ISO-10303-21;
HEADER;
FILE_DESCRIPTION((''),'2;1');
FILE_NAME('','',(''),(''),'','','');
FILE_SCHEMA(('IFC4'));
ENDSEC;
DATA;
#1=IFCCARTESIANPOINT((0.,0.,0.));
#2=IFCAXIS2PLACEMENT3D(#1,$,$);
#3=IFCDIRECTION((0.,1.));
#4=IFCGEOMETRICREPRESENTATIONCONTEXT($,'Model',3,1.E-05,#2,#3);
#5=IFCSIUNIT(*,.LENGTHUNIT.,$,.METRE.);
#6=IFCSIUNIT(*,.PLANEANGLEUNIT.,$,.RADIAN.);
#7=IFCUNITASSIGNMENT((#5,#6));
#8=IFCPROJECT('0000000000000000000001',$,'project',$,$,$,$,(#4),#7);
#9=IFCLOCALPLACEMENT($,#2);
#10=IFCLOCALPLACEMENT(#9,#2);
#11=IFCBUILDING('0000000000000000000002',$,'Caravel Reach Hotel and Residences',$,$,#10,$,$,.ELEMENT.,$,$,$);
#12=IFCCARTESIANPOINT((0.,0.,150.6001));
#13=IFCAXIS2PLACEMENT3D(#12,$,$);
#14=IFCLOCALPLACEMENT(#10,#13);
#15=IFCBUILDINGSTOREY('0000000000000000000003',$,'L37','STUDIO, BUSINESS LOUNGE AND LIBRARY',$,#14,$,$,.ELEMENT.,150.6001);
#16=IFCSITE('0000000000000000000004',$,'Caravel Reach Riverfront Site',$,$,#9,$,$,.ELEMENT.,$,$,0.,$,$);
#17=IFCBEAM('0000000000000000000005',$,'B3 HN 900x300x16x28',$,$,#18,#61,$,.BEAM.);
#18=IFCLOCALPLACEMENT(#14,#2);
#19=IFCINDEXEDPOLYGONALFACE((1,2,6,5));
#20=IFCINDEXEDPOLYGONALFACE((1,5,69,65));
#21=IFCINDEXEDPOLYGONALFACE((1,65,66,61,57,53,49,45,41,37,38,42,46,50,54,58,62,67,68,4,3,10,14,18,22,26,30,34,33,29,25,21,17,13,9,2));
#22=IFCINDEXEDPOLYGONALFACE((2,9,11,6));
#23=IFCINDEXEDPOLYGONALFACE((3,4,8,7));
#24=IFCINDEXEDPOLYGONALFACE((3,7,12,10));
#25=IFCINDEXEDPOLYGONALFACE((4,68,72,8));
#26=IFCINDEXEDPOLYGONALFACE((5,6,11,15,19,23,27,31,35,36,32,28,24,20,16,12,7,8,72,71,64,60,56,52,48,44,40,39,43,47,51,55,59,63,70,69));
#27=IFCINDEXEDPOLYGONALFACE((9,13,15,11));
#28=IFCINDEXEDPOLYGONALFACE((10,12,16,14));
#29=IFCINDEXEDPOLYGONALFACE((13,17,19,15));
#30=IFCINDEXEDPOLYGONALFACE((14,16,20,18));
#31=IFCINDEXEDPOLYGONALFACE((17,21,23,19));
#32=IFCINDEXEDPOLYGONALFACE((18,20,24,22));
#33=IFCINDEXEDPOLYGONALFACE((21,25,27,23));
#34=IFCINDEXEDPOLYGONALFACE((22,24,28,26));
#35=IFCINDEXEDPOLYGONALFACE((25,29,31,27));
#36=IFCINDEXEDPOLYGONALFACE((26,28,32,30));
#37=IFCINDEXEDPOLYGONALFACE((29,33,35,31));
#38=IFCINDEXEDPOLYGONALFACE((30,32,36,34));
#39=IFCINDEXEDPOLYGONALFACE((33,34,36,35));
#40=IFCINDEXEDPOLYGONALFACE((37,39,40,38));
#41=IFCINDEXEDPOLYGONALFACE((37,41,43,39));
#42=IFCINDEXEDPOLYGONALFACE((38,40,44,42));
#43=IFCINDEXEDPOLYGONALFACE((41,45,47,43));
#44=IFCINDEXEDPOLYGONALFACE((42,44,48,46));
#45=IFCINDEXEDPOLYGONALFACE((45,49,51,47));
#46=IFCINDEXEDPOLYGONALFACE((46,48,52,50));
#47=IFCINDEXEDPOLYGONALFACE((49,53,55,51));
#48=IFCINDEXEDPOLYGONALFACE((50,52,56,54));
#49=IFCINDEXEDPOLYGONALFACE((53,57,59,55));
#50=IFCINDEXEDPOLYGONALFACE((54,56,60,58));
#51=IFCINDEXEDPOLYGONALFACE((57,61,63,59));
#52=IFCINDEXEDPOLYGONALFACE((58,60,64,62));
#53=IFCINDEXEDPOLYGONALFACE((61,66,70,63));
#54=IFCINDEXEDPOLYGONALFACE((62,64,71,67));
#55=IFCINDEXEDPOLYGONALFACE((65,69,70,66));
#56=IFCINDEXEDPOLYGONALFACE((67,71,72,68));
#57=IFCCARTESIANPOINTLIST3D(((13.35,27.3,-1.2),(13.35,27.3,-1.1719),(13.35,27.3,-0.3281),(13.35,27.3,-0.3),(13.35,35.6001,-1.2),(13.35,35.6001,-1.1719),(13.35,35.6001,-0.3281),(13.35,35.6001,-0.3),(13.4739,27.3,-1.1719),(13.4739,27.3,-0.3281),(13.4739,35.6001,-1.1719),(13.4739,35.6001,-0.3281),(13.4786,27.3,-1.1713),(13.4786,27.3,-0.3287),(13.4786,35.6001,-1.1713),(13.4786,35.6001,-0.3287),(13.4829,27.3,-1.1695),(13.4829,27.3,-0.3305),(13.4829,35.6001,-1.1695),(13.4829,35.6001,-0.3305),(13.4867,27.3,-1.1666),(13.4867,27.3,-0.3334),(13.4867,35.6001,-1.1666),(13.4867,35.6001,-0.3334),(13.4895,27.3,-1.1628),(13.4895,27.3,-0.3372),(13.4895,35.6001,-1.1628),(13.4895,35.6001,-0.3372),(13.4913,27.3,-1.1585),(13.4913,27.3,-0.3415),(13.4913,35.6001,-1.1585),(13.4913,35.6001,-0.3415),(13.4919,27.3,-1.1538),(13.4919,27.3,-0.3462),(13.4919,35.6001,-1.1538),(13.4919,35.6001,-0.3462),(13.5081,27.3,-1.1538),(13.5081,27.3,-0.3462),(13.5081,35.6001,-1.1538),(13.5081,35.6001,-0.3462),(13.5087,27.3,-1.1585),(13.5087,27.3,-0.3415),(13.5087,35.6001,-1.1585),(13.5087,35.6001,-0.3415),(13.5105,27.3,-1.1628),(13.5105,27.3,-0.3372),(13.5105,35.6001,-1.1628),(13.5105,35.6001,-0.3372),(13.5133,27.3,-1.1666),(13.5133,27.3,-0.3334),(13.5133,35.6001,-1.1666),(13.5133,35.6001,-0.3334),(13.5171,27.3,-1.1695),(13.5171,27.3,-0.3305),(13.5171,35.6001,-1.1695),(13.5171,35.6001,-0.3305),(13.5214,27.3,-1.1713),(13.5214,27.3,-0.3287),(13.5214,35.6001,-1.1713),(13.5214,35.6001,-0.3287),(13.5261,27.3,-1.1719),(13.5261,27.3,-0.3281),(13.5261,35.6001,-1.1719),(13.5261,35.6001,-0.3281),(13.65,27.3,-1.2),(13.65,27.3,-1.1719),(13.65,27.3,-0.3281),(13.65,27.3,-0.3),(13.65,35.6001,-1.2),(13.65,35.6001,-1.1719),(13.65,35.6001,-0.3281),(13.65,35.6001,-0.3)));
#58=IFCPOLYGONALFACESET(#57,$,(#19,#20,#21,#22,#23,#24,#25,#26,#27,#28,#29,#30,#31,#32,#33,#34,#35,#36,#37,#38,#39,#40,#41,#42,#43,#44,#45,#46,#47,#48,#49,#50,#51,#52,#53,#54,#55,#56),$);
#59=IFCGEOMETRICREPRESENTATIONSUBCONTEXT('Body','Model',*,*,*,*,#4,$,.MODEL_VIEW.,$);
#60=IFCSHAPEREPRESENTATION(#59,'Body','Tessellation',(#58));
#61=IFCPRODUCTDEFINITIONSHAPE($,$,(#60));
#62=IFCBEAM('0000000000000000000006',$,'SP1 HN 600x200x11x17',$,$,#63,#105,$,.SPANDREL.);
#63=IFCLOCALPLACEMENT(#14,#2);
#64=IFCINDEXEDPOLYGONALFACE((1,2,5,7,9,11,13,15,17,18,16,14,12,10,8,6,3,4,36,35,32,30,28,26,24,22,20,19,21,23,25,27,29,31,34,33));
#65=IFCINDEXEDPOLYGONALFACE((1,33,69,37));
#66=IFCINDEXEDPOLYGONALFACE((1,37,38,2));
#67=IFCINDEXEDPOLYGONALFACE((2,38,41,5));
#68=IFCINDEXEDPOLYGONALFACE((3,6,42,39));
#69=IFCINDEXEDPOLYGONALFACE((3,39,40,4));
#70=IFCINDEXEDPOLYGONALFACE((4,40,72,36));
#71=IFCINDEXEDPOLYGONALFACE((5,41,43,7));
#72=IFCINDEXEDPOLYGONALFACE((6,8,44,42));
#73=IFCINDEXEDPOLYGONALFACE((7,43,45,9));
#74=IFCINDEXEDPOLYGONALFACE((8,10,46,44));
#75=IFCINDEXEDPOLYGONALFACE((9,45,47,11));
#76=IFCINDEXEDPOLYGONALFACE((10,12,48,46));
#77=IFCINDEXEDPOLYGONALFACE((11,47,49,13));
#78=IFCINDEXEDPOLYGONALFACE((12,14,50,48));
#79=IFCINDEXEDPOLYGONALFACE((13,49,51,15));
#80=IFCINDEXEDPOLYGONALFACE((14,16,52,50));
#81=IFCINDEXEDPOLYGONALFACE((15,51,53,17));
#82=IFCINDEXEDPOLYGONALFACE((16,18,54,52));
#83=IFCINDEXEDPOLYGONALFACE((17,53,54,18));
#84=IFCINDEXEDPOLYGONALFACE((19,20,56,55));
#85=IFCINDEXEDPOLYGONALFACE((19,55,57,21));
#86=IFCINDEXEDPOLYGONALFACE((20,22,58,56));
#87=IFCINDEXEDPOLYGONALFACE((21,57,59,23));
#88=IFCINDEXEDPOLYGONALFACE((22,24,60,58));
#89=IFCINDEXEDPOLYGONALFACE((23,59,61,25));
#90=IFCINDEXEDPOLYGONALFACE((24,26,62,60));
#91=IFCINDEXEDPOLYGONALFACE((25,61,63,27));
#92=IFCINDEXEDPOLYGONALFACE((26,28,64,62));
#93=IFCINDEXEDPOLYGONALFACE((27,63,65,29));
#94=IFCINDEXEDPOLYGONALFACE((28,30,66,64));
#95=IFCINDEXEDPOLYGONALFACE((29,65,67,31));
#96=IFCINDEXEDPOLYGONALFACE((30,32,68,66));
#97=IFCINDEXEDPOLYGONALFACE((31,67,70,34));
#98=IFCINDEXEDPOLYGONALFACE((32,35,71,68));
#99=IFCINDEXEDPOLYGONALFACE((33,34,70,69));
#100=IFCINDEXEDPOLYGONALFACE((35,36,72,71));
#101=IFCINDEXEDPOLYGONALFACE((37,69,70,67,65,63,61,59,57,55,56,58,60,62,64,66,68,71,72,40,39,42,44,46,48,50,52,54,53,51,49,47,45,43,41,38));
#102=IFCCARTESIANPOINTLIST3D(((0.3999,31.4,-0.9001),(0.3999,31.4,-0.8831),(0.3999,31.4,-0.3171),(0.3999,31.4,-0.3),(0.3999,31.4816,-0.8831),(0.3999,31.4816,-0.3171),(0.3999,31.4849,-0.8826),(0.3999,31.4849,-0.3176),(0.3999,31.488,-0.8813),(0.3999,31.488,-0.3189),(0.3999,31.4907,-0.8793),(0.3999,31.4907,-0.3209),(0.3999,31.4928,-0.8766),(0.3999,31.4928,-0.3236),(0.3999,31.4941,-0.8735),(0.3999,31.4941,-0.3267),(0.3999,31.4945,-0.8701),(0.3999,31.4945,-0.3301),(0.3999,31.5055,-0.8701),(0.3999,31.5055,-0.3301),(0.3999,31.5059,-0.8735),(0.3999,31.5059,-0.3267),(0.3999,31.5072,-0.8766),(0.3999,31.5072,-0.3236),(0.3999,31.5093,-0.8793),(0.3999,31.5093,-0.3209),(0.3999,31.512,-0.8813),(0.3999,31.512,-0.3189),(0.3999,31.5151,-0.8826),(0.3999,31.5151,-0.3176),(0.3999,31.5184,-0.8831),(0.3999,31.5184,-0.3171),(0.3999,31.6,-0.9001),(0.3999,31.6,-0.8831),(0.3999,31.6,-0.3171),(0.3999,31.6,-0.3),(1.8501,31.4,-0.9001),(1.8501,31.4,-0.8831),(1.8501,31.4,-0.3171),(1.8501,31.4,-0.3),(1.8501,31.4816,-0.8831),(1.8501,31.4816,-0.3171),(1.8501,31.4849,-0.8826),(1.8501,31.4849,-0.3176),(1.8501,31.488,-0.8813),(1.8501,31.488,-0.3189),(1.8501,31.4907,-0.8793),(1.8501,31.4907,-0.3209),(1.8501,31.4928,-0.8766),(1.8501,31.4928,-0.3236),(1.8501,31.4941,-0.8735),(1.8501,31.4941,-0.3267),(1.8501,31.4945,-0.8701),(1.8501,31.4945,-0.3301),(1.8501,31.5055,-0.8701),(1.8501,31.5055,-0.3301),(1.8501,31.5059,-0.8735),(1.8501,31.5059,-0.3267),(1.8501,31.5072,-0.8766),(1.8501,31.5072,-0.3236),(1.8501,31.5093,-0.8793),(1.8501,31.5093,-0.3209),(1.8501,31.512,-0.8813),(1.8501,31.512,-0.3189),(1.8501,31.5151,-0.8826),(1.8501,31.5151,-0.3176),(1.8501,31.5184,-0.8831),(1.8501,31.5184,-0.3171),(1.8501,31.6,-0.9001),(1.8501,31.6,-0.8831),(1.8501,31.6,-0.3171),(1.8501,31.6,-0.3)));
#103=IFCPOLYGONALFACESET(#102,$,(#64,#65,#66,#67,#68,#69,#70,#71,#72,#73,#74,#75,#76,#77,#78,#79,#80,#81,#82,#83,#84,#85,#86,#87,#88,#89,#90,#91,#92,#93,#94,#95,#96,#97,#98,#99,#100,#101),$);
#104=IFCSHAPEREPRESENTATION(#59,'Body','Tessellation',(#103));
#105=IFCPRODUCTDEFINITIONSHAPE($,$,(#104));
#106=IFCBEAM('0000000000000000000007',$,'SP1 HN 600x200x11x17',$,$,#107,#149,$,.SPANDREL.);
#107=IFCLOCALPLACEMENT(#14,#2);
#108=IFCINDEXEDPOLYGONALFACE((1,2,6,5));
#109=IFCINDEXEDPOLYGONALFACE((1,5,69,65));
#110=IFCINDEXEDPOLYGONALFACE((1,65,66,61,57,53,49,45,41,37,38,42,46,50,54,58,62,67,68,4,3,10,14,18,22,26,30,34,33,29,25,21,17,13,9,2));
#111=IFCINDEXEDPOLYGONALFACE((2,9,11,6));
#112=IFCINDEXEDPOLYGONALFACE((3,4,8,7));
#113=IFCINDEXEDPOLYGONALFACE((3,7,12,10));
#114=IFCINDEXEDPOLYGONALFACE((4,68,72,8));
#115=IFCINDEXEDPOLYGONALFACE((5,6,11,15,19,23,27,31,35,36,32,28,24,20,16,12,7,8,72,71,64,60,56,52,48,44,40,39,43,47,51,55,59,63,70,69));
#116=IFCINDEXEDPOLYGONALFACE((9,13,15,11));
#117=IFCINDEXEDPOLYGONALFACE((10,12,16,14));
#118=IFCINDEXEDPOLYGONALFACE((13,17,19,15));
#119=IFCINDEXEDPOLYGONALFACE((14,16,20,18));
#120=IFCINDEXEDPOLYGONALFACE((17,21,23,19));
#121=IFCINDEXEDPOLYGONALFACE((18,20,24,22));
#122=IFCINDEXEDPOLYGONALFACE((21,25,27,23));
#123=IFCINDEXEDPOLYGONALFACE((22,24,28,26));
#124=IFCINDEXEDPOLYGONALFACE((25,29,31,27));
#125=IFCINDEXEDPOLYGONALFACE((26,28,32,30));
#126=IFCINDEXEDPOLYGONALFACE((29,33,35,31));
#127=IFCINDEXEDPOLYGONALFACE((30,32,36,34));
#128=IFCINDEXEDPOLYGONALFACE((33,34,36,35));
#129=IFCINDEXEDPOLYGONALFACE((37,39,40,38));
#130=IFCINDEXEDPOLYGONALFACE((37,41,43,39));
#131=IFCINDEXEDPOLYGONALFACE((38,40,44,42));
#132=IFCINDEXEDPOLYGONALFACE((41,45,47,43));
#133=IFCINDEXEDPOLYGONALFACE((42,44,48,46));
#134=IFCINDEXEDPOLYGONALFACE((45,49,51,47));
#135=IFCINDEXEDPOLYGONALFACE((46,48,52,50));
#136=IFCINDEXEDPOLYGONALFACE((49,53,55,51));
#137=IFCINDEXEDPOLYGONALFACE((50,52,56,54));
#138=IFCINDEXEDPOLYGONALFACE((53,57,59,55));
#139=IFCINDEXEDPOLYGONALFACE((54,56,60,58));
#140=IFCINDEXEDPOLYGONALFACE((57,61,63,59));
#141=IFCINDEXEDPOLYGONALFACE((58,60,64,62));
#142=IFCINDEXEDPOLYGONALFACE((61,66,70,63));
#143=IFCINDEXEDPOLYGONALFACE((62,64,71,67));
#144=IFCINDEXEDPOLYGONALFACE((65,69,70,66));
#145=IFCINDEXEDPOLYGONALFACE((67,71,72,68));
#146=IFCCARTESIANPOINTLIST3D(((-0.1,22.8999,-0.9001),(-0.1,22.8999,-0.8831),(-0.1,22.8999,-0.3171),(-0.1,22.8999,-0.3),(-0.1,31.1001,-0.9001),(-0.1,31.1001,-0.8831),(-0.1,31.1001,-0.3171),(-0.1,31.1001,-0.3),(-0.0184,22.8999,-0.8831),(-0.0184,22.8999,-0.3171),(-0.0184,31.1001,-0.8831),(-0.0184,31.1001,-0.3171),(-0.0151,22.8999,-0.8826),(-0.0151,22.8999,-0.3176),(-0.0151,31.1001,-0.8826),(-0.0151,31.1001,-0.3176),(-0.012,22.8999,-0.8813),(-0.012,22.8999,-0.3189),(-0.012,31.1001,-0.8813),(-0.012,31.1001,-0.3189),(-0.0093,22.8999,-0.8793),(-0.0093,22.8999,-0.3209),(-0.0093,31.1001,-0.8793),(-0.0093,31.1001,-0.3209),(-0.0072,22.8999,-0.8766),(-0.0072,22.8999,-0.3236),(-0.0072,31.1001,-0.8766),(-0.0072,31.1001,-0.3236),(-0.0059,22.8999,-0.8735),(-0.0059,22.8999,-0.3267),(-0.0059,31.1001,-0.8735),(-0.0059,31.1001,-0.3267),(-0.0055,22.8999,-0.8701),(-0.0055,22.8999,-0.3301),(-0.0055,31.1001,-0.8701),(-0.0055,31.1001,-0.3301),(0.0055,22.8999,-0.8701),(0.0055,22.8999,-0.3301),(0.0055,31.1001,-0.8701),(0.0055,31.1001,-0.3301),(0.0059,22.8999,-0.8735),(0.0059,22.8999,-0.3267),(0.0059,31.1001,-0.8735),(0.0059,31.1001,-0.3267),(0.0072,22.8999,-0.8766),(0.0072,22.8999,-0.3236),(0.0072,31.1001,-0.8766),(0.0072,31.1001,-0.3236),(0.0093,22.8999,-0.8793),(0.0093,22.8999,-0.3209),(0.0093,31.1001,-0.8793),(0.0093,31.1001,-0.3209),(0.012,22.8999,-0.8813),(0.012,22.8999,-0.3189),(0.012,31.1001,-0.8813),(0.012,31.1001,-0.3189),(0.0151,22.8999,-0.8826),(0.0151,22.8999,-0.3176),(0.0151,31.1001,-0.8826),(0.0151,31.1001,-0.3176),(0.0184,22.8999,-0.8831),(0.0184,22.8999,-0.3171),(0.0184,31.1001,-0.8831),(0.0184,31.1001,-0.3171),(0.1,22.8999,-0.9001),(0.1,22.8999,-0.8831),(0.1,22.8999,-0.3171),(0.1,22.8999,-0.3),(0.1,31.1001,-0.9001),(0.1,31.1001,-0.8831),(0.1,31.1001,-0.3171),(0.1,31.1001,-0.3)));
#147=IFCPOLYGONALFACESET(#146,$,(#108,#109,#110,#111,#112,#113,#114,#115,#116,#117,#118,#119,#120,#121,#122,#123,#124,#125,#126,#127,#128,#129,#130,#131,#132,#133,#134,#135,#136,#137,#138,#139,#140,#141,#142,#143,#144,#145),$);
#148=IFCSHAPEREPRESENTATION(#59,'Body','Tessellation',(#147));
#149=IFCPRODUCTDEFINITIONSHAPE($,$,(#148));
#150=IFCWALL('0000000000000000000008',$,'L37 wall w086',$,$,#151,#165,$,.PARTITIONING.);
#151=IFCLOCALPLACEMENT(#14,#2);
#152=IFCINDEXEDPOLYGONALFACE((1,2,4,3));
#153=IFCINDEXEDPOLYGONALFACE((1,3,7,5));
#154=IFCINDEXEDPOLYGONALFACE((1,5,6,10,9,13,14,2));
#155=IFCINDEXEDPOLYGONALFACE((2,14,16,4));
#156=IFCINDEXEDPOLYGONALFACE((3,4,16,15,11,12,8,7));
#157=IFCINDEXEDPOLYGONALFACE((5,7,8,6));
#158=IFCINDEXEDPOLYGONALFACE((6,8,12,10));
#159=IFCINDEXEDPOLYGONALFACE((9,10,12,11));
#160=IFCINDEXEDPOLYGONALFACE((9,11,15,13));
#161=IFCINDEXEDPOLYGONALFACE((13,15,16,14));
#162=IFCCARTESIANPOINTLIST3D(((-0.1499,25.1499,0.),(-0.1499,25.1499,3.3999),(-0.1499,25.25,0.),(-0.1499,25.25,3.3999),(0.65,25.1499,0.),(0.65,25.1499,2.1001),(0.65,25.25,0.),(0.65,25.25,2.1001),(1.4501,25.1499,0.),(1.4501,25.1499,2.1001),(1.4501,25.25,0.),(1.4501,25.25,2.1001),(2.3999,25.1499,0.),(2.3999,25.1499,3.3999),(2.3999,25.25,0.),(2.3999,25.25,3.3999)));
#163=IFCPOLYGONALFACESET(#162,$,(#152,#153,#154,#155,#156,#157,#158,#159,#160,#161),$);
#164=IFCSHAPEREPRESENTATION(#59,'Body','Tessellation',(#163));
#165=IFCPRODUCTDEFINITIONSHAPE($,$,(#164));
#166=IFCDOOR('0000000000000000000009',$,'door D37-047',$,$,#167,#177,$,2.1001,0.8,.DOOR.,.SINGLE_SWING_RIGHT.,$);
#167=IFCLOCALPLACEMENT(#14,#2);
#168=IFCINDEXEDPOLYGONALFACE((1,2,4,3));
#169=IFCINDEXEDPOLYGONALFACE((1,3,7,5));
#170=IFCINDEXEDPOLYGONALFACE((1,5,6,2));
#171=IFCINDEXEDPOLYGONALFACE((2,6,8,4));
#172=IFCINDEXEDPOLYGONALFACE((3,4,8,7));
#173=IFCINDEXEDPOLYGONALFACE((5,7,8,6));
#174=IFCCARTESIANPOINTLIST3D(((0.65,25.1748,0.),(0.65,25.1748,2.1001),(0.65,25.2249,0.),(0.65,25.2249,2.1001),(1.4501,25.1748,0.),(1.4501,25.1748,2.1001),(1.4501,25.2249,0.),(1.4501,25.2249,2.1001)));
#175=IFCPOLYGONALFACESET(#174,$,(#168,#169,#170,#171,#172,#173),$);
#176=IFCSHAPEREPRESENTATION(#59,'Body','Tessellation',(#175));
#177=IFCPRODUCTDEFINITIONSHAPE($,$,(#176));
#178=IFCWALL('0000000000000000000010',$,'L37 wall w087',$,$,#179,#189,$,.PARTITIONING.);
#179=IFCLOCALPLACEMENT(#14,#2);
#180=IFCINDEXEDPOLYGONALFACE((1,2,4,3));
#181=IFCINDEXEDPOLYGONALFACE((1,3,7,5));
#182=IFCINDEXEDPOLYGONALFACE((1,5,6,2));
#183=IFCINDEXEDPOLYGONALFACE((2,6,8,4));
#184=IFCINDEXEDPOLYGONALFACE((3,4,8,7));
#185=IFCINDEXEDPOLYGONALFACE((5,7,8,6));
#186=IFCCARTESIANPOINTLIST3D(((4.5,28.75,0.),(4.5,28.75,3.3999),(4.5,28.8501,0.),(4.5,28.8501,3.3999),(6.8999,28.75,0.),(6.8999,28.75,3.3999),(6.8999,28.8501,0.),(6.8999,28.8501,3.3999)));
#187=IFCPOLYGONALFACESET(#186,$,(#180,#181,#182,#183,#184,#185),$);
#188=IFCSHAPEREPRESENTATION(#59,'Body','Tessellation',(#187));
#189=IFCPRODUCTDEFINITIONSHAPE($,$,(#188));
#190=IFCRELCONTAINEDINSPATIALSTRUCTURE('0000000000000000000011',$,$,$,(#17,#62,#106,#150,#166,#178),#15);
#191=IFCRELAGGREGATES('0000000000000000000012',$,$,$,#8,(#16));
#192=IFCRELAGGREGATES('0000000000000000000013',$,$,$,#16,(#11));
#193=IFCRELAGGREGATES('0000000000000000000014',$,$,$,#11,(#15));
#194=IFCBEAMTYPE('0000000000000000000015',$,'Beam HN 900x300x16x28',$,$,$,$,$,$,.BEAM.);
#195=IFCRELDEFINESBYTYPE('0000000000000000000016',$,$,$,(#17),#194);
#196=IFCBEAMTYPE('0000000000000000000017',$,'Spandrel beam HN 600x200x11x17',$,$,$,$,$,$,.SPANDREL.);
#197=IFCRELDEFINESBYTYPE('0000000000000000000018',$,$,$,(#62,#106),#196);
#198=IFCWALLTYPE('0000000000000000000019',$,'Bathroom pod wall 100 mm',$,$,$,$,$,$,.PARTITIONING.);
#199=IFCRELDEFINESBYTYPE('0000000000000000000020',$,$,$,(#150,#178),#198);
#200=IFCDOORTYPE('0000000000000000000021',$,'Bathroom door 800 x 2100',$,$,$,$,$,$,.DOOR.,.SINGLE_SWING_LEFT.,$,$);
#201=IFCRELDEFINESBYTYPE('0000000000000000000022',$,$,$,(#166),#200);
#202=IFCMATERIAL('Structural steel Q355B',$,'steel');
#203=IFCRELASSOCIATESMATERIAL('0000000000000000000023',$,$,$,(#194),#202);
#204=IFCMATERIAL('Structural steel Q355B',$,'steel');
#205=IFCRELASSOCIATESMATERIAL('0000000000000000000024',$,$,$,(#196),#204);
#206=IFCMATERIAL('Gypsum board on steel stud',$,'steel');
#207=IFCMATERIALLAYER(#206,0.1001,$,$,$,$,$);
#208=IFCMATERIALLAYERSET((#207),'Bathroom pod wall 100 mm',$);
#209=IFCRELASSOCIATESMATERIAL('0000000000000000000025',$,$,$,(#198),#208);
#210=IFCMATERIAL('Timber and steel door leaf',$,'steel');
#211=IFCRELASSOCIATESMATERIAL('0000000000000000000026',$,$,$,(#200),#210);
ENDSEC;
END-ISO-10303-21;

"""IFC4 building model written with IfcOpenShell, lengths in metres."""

from ifc_helpers import new_model, si_unit, direction, frame, frame_2d, origin, origin_2d, place, context, subcontext, project, spatial, rectangle, i_section, extrude, material, layer, layer_set, material_profile, profile_set, type_object, element, fill, save


model = new_model("IFC4")

# Units and contexts
model_context = context("Model", 3, precision=1e-05, world=origin(), true_north=direction((0.0, 1.0)))
body_context = subcontext(model_context, "Body", "Model", "MODEL_VIEW")
ifc_project = project(units=[si_unit("LENGTHUNIT", "METRE"), si_unit("PLANEANGLEUNIT", "RADIAN")], contexts=[model_context])

# Site, building, storey
site_placement = place(None, origin())
site = spatial("IfcSite", under=ifc_project, at=site_placement, Name="Caravel Reach Riverfront Site", CompositionType="ELEMENT", RefElevation=0.0)
building_placement = place(site_placement, origin())
building = spatial("IfcBuilding", under=site, at=building_placement, Name="Caravel Reach Hotel and Residences", CompositionType="ELEMENT")
storey_placement = place(building_placement, frame((0.0, 0.0, 150.6001)))
storey = spatial("IfcBuildingStorey", under=building, at=storey_placement, Name="L37", Description="STUDIO, BUSINESS LOUNGE AND LIBRARY", CompositionType="ELEMENT", Elevation=150.6001)

# Beams
ifc_material_1 = material(Name="Structural steel Q355B", Category="steel")
ifc_material_profile_1 = material_profile(ifc_material_1, i_section(OverallWidth=0.3, OverallDepth=0.8999, WebThickness=0.0161, FlangeThickness=0.0281, FilletRadius=0.0181, at=origin_2d()), Name="HN 900x300x16x28")
ifc_profile_set_1 = profile_set([ifc_material_profile_1], Name="Structural steel Q355B")
beam_type_1 = type_object("IfcBeamType", Name="Beam HN 900x300x16x28", PredefinedType="BEAM", material=ifc_profile_set_1)
beam_1_placement = place(storey_placement, frame((13.5, 27.3, -0.75), z_axis=(0.0, 1.0, 0.0), x_axis=(-1.0, 0.0, 0.0)))
element("IfcBeam", 1, at=beam_1_placement, inside=storey, type_object=beam_type_1, Name="B3 HN 900x300x16x28", PredefinedType="BEAM", context=body_context, shape_type="SweptSolid", body=[
    extrude(i_section(OverallWidth=0.3, OverallDepth=0.8999, WebThickness=0.0161, FlangeThickness=0.0281, FilletRadius=0.0181, at=origin_2d()), origin(), (0.0, 0.0, 1.0), 8.3),
])
ifc_material_2 = material(Name="Structural steel Q355B", Category="steel")
ifc_material_profile_2 = material_profile(ifc_material_2, i_section(OverallWidth=0.2, OverallDepth=0.6001, WebThickness=0.011, FlangeThickness=0.0171, FilletRadius=0.0129, at=origin_2d()), Name="HN 600x200x11x17")
ifc_profile_set_2 = profile_set([ifc_material_profile_2], Name="Structural steel Q355B")
beam_type_2 = type_object("IfcBeamType", Name="Spandrel beam HN 600x200x11x17", PredefinedType="SPANDREL", material=ifc_profile_set_2)
beam_2_placement = place(storey_placement, frame((1.8501, 31.5, -0.6001), z_axis=(-1.0, 0.0, 0.0), x_axis=(0.0, -1.0, 0.0)))
element("IfcBeam", 2, at=beam_2_placement, inside=storey, type_object=beam_type_2, Name="SP1 HN 600x200x11x17", PredefinedType="SPANDREL", context=body_context, shape_type="SweptSolid", body=[
    extrude(i_section(OverallWidth=0.2, OverallDepth=0.6001, WebThickness=0.011, FlangeThickness=0.0171, FilletRadius=0.0129, at=origin_2d()), origin(), (0.0, 0.0, 1.0), 1.4502),
])
beam_3_placement = place(storey_placement, frame((0.0, 31.1001, -0.6001), z_axis=(0.0, -1.0, 0.0), x_axis=(1.0, 0.0, 0.0)))
element("IfcBeam", 3, at=beam_3_placement, inside=storey, type_object=beam_type_2, Name="SP1 HN 600x200x11x17", PredefinedType="SPANDREL", context=body_context, shape_type="SweptSolid", body=[
    extrude(i_section(OverallWidth=0.2, OverallDepth=0.6001, WebThickness=0.011, FlangeThickness=0.0171, FilletRadius=0.0129, at=origin_2d()), origin(), (0.0, 0.0, 1.0), 8.2002),
])

# Wall, opening, door
ifc_material_3 = material(Name="Gypsum board on steel stud", Category="steel")
ifc_layer_1 = layer(ifc_material_3, 0.1001)
ifc_layer_set_1 = layer_set([ifc_layer_1], Name="Bathroom pod wall 100 mm")
wall_type_1 = type_object("IfcWallType", Name="Bathroom pod wall 100 mm", PredefinedType="PARTITIONING", material=ifc_layer_set_1)
wall_1_placement = place(storey_placement, frame((-0.1499, 25.2, 0.0), z_axis=(0.0, 0.0, 1.0), x_axis=(1.0, 0.0, 0.0)))
wall_1 = element("IfcWall", 4, at=wall_1_placement, inside=storey, type_object=wall_type_1, Name="L37 wall w086", PredefinedType="PARTITIONING", context=body_context, shape_type="SweptSolid", body=[
    extrude(rectangle(XDim=2.5498, YDim=0.1001, at=frame_2d((1.2749, 0.0))), origin(), (0.0, 0.0, 1.0), 3.3999),
])
opening_1_placement = place(wall_1_placement, frame((0.8, 0.0, 0.0)))
opening_1 = element("IfcOpeningElement", 5, at=opening_1_placement, cuts=wall_1, PredefinedType="OPENING", context=body_context, shape_type="SweptSolid", body=[
    extrude(rectangle(XDim=0.8, YDim=2.1001, at=frame_2d((0.3999, 1.05))), frame((0.0, 0.0601, 0.0), z_axis=(0.0, -1.0, 0.0), x_axis=(1.0, 0.0, 0.0)), (0.0, 0.0, 1.0), 0.1201),
])
ifc_material_4 = material(Name="Timber and steel door leaf", Category="steel")
door_type_1 = type_object("IfcDoorType", Name="Bathroom door 800 x 2100", OperationType="SINGLE_SWING_LEFT", PredefinedType="DOOR", material=ifc_material_4)
door_1_placement = place(opening_1_placement, origin())
door_1 = element("IfcDoor", 6, at=door_1_placement, inside=storey, type_object=door_type_1, Name="door D37-047", OperationType="SINGLE_SWING_RIGHT", OverallHeight=2.1001, OverallWidth=0.8, PredefinedType="DOOR", context=body_context, shape_type="SweptSolid", body=[
    extrude(rectangle(XDim=0.8, YDim=2.1001, at=frame_2d((0.3999, 1.05))), frame((0.0, 0.0249, 0.0), z_axis=(0.0, -1.0, 0.0), x_axis=(1.0, 0.0, 0.0)), (0.0, 0.0, 1.0), 0.05),
])
fill(opening_1, door_1)

# Wall
wall_2_placement = place(storey_placement, frame((4.5, 28.8, 0.0), z_axis=(0.0, 0.0, 1.0), x_axis=(1.0, 0.0, 0.0)))
element("IfcWall", 7, at=wall_2_placement, inside=storey, type_object=wall_type_1, Name="L37 wall w087", PredefinedType="PARTITIONING", context=body_context, shape_type="SweptSolid", body=[
    extrude(rectangle(XDim=2.3999, YDim=0.1001, at=frame_2d((1.2, 0.0))), origin(), (0.0, 0.0, 1.0), 3.3999),
])

save(model, "model.ifc")
